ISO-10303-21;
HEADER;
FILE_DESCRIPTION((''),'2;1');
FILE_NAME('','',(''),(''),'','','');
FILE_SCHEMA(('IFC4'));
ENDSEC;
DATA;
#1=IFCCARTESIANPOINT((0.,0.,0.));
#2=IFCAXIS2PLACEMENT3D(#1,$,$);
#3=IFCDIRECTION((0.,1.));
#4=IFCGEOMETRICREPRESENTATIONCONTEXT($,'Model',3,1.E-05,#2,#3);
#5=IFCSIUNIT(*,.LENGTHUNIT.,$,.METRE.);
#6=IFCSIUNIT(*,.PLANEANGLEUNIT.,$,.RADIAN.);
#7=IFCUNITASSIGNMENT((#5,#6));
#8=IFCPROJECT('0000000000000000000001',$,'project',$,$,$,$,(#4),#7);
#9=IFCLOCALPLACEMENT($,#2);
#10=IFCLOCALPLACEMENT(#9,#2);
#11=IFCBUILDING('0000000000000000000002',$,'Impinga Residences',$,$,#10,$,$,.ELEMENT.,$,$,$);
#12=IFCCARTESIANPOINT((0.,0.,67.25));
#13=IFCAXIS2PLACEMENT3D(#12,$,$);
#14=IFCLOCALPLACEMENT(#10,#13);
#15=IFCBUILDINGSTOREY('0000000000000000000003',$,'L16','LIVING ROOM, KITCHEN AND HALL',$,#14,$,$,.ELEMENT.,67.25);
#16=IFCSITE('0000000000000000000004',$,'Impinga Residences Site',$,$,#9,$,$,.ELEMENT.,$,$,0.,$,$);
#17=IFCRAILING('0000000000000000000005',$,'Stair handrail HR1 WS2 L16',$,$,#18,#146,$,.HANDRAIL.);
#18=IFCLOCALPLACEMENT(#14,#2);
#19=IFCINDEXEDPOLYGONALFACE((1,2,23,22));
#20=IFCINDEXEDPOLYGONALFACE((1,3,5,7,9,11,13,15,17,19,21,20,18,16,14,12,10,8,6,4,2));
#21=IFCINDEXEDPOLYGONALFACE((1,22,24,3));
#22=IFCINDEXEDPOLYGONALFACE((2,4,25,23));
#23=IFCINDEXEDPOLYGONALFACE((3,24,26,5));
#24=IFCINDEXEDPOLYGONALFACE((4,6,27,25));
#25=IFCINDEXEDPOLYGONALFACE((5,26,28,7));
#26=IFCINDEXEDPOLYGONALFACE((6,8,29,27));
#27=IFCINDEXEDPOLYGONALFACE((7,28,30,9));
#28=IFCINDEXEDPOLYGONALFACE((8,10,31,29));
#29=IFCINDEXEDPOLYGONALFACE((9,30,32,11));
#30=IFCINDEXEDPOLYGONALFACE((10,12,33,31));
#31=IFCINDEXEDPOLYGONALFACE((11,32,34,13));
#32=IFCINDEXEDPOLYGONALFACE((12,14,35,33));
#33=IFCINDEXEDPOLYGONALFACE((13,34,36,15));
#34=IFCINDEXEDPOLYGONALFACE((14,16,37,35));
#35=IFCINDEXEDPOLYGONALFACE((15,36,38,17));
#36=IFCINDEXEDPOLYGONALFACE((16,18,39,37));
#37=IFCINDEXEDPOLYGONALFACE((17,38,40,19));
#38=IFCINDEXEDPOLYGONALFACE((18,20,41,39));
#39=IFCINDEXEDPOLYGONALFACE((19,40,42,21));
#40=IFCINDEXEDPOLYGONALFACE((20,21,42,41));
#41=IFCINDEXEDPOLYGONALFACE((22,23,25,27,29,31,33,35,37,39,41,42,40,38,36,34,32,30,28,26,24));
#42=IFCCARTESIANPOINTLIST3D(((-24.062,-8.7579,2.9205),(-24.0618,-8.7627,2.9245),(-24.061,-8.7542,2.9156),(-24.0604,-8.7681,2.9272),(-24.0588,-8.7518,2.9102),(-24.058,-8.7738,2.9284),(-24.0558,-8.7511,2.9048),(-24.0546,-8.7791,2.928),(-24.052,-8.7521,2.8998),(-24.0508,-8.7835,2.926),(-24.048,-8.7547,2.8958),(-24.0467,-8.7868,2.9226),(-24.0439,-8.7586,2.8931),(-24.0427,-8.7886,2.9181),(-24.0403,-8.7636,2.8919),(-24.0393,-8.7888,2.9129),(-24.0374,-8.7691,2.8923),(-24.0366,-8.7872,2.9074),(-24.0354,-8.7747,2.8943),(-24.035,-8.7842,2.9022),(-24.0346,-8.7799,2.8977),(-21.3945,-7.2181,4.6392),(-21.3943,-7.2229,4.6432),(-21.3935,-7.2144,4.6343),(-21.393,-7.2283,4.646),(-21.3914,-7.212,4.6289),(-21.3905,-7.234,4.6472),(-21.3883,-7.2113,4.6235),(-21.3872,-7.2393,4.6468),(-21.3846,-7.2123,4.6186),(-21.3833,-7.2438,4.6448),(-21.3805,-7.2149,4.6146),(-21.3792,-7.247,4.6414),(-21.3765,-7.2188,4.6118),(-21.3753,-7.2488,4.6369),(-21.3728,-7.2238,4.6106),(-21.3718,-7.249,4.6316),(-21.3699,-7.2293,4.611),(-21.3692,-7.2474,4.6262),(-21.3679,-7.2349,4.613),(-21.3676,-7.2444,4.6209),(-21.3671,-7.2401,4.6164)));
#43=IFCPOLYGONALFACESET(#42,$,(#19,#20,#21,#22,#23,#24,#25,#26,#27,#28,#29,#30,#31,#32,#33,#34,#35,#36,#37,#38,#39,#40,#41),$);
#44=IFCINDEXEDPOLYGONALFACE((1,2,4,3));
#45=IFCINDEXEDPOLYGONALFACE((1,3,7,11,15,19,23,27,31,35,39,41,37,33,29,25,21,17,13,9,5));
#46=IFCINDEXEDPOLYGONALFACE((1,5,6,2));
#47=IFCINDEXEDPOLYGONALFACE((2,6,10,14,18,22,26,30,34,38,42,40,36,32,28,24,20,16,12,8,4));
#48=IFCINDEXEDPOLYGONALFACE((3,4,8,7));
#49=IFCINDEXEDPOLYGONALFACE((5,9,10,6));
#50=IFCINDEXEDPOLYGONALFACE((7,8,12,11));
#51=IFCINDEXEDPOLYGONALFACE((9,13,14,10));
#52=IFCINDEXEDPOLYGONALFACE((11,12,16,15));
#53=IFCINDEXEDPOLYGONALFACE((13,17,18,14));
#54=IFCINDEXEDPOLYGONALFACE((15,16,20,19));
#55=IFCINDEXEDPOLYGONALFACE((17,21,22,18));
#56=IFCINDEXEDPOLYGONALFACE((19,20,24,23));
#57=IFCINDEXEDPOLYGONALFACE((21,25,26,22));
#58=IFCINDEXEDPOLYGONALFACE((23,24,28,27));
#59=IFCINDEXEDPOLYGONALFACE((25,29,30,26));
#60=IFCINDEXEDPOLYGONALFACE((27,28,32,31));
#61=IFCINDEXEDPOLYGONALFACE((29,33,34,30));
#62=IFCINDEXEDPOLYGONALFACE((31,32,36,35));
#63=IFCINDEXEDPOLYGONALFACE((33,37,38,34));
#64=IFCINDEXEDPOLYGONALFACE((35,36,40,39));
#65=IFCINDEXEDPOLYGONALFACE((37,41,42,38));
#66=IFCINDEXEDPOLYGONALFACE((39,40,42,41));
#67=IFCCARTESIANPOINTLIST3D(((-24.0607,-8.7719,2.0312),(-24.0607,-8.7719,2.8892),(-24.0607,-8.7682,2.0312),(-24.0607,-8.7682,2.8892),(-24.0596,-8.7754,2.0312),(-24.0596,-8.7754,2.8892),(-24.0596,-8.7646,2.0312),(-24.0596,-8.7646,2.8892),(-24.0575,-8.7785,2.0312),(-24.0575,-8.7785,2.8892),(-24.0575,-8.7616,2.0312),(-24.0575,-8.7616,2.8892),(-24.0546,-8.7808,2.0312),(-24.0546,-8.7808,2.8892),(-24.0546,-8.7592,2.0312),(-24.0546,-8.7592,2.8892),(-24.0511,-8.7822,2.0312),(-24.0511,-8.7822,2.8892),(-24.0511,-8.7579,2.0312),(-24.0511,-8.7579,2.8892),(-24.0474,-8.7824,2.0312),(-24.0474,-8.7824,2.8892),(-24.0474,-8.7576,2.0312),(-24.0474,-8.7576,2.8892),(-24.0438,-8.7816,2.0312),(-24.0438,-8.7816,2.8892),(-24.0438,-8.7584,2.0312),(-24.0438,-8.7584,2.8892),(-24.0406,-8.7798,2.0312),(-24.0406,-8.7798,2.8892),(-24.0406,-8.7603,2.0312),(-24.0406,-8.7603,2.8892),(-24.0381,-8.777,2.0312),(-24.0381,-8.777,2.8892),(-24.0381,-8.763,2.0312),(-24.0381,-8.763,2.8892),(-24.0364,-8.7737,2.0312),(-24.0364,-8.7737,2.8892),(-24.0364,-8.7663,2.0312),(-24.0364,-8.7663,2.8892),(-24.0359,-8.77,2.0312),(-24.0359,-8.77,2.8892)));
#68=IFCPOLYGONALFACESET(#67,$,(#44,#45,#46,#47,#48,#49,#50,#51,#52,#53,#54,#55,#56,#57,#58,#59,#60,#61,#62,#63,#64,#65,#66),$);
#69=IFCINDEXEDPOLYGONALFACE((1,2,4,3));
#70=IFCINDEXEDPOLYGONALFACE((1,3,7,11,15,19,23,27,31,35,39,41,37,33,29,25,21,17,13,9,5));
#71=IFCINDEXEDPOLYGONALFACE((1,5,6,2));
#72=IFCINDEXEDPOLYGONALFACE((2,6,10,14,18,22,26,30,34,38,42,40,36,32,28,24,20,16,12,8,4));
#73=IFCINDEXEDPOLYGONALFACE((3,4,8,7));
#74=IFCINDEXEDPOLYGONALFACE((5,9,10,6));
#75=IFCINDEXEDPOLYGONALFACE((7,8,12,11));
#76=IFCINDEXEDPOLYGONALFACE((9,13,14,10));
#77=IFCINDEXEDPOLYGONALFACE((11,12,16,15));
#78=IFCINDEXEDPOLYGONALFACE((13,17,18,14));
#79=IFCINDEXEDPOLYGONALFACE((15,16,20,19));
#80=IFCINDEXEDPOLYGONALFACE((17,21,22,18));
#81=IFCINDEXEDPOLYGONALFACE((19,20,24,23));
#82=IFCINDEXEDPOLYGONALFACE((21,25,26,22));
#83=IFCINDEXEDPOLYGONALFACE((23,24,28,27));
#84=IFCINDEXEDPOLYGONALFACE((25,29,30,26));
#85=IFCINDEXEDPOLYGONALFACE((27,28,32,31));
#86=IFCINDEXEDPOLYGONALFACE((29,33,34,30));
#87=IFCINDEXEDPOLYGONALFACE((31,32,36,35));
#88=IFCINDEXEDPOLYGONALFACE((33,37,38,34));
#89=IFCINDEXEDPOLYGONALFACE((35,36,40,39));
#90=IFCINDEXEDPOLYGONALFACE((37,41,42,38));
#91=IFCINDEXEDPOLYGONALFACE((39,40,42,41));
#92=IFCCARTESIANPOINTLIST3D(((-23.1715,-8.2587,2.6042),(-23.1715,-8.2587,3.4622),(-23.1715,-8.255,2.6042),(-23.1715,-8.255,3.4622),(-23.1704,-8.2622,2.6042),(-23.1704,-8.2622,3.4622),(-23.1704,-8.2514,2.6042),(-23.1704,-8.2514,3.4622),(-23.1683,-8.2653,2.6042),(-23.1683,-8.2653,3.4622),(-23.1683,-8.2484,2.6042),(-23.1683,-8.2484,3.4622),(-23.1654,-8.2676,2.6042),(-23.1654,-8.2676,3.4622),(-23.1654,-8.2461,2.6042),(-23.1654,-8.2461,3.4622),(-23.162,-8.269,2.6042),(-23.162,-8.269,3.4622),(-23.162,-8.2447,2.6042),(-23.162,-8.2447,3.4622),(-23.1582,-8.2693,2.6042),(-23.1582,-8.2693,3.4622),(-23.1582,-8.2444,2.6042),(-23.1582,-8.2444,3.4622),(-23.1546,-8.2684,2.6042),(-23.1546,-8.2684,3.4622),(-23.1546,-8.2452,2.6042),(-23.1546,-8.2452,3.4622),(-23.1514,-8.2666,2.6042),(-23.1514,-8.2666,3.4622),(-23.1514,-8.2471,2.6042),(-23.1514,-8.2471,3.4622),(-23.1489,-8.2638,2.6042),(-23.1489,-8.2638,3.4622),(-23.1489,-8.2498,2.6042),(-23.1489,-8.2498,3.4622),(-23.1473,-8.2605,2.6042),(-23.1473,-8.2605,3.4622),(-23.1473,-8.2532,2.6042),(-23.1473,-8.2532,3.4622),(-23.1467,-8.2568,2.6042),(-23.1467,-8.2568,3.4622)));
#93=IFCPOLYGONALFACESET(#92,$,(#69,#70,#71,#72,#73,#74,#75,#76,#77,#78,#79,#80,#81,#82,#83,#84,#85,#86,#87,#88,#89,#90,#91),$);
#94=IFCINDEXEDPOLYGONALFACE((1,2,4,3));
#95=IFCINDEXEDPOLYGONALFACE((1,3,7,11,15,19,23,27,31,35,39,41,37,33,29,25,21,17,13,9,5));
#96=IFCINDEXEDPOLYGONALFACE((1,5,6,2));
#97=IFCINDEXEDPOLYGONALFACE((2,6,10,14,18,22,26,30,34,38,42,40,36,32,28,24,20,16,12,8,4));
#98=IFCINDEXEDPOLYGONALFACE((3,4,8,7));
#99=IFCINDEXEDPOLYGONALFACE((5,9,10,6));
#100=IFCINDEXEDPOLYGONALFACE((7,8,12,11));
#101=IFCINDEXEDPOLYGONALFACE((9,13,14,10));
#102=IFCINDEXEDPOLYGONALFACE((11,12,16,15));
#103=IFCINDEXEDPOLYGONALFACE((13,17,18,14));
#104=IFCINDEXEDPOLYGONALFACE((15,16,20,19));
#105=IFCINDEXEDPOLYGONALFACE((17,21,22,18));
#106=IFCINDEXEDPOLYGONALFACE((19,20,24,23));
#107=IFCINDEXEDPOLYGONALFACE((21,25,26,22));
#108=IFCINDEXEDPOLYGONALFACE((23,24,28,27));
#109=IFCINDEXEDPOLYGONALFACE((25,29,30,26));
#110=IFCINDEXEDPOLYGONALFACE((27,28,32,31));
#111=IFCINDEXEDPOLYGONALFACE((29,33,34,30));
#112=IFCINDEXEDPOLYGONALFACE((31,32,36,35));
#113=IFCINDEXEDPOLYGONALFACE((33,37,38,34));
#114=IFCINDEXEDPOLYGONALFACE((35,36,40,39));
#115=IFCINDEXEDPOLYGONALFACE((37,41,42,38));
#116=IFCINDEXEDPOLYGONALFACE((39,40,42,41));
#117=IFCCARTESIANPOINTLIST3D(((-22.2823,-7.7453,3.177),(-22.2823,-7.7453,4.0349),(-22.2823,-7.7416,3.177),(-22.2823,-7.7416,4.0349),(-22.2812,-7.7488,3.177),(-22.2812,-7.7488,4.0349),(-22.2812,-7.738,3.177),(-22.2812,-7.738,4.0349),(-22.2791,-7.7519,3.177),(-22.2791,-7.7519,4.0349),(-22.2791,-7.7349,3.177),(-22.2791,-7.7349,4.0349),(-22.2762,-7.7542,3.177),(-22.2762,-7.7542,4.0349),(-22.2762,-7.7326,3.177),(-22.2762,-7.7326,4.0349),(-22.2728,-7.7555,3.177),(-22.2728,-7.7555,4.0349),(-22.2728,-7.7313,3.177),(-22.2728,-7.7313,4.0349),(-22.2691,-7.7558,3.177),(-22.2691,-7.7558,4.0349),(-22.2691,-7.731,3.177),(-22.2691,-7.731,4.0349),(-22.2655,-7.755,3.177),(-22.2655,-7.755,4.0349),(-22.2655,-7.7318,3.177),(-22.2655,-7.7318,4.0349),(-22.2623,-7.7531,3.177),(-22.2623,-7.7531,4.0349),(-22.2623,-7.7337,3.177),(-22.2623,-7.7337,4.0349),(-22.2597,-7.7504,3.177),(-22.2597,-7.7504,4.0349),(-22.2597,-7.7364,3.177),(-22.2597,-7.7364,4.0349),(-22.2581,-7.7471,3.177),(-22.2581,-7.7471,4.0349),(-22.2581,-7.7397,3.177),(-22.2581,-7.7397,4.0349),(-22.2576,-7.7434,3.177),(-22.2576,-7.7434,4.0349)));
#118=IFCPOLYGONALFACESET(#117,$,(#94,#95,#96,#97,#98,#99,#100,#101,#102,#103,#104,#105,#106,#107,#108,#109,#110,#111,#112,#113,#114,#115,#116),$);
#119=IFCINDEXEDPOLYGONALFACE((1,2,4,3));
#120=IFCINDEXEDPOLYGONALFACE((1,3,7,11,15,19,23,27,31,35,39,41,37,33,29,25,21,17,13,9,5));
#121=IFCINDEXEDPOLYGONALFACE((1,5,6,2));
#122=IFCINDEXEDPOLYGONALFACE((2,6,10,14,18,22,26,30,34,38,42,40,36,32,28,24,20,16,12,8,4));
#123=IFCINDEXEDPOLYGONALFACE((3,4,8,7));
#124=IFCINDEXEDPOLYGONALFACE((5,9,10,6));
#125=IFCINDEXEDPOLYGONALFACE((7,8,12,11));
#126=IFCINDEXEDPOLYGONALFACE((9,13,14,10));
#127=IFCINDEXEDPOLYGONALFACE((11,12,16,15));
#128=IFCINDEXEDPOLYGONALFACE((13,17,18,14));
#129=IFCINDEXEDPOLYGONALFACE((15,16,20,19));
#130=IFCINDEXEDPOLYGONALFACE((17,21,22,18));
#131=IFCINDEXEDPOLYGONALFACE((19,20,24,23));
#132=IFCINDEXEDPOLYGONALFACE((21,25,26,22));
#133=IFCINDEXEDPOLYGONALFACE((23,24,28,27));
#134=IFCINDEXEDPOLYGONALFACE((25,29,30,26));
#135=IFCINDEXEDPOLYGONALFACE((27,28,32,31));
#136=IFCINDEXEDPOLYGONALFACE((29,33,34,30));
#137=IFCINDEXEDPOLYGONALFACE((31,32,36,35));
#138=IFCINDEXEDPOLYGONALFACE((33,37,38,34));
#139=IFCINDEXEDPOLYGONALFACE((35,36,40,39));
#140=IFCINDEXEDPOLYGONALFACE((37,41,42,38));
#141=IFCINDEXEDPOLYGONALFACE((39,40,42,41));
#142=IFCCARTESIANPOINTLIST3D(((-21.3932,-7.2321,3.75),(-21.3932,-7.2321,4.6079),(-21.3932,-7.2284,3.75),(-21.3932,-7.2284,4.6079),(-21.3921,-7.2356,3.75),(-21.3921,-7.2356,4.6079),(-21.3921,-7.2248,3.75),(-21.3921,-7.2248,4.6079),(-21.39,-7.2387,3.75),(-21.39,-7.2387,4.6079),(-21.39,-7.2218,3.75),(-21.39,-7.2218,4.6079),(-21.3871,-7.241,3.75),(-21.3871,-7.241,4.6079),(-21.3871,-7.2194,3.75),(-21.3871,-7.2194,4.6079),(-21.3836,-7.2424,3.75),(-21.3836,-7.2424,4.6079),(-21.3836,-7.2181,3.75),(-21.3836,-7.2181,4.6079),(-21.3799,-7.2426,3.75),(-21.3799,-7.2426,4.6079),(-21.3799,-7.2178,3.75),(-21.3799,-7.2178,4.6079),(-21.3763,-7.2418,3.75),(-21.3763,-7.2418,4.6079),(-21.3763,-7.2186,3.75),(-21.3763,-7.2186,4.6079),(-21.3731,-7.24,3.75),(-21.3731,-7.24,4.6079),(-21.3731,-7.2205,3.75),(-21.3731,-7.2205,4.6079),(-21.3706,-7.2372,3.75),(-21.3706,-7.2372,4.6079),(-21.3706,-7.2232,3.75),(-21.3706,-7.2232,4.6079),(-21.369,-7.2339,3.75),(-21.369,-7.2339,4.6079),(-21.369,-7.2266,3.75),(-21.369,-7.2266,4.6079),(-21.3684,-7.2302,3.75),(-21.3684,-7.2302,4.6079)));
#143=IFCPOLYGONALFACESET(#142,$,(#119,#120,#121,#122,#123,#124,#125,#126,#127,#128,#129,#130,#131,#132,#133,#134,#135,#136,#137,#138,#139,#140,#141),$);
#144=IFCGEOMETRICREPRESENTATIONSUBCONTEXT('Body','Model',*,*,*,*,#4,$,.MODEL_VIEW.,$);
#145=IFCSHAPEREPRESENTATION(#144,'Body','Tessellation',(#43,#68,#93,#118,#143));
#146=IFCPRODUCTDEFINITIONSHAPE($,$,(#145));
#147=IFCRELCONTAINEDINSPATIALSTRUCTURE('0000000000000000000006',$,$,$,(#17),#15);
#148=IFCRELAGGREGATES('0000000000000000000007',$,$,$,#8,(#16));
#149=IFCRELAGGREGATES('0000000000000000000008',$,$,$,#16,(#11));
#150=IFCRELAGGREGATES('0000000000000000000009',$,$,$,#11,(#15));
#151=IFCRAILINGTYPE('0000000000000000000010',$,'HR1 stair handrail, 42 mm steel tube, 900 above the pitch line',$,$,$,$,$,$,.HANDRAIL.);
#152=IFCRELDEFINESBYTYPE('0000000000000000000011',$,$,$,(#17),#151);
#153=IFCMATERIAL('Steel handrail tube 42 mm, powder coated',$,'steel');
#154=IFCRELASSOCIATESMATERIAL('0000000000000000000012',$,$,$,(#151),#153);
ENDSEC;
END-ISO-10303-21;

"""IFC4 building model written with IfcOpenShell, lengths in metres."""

from ifc_helpers import new_model, si_unit, direction, frame, origin, origin_2d, place, context, subcontext, project, spatial, circle, extrude, material, type_object, element, save


model = new_model("IFC4")

# Units and contexts
model_context = context("Model", 3, precision=1e-05, world=origin(), true_north=direction((0.0, 1.0)))
body_context = subcontext(model_context, "Body", "Model", "MODEL_VIEW")
ifc_project = project(units=[si_unit("LENGTHUNIT", "METRE"), si_unit("PLANEANGLEUNIT", "RADIAN")], contexts=[model_context])

# Site, building, storey
site_placement = place(None, origin())
site = spatial("IfcSite", under=ifc_project, at=site_placement, Name="Impinga Residences Site", CompositionType="ELEMENT", RefElevation=0.0)
building_placement = place(site_placement, origin())
building = spatial("IfcBuilding", under=site, at=building_placement, Name="Impinga Residences", CompositionType="ELEMENT")
storey_placement = place(building_placement, frame((0.0, 0.0, 67.25)))
storey = spatial("IfcBuildingStorey", under=building, at=storey_placement, Name="L16", Description="LIVING ROOM, KITCHEN AND HALL", CompositionType="ELEMENT", Elevation=67.25)

# Railing
ifc_material_1 = material(Name="Steel handrail tube 42 mm, powder coated", Category="steel")
railing_type_1 = type_object("IfcRailingType", Name="HR1 stair handrail, 42 mm steel tube, 900 above the pitch line", PredefinedType="HANDRAIL", material=ifc_material_1)
railing_1_placement = place(storey_placement, frame((-24.0483, -8.77, 2.0312)))
element("IfcRailing", 1, at=railing_1_placement, inside=storey, type_object=railing_type_1, Name="Stair handrail HR1 WS2 L16", PredefinedType="HANDRAIL", context=body_context, shape_type="SweptSolid", body=[
    extrude(circle(Radius=0.021, at=origin_2d()), frame((0.0, 0.0, 0.8789), z_axis=(0.756279, 0.43656, 0.487297), x_axis=(-0.499933, 0.866064, 0.0)), (0.0, 0.0, 1.0), 3.5271),
    extrude(circle(Radius=0.0125, at=origin_2d()), origin(), (0.0, 0.0, 1.0), 0.8579),
    extrude(circle(Radius=0.0125, at=origin_2d()), frame((0.8892, 0.5132, 0.573)), (0.0, 0.0, 1.0), 0.8579),
    extrude(circle(Radius=0.0125, at=origin_2d()), frame((1.7783, 1.0266, 1.1458)), (0.0, 0.0, 1.0), 0.8579),
    extrude(circle(Radius=0.0125, at=origin_2d()), frame((2.6675, 1.5398, 1.7188)), (0.0, 0.0, 1.0), 0.8579),
])

save(model, "model.ifc")
